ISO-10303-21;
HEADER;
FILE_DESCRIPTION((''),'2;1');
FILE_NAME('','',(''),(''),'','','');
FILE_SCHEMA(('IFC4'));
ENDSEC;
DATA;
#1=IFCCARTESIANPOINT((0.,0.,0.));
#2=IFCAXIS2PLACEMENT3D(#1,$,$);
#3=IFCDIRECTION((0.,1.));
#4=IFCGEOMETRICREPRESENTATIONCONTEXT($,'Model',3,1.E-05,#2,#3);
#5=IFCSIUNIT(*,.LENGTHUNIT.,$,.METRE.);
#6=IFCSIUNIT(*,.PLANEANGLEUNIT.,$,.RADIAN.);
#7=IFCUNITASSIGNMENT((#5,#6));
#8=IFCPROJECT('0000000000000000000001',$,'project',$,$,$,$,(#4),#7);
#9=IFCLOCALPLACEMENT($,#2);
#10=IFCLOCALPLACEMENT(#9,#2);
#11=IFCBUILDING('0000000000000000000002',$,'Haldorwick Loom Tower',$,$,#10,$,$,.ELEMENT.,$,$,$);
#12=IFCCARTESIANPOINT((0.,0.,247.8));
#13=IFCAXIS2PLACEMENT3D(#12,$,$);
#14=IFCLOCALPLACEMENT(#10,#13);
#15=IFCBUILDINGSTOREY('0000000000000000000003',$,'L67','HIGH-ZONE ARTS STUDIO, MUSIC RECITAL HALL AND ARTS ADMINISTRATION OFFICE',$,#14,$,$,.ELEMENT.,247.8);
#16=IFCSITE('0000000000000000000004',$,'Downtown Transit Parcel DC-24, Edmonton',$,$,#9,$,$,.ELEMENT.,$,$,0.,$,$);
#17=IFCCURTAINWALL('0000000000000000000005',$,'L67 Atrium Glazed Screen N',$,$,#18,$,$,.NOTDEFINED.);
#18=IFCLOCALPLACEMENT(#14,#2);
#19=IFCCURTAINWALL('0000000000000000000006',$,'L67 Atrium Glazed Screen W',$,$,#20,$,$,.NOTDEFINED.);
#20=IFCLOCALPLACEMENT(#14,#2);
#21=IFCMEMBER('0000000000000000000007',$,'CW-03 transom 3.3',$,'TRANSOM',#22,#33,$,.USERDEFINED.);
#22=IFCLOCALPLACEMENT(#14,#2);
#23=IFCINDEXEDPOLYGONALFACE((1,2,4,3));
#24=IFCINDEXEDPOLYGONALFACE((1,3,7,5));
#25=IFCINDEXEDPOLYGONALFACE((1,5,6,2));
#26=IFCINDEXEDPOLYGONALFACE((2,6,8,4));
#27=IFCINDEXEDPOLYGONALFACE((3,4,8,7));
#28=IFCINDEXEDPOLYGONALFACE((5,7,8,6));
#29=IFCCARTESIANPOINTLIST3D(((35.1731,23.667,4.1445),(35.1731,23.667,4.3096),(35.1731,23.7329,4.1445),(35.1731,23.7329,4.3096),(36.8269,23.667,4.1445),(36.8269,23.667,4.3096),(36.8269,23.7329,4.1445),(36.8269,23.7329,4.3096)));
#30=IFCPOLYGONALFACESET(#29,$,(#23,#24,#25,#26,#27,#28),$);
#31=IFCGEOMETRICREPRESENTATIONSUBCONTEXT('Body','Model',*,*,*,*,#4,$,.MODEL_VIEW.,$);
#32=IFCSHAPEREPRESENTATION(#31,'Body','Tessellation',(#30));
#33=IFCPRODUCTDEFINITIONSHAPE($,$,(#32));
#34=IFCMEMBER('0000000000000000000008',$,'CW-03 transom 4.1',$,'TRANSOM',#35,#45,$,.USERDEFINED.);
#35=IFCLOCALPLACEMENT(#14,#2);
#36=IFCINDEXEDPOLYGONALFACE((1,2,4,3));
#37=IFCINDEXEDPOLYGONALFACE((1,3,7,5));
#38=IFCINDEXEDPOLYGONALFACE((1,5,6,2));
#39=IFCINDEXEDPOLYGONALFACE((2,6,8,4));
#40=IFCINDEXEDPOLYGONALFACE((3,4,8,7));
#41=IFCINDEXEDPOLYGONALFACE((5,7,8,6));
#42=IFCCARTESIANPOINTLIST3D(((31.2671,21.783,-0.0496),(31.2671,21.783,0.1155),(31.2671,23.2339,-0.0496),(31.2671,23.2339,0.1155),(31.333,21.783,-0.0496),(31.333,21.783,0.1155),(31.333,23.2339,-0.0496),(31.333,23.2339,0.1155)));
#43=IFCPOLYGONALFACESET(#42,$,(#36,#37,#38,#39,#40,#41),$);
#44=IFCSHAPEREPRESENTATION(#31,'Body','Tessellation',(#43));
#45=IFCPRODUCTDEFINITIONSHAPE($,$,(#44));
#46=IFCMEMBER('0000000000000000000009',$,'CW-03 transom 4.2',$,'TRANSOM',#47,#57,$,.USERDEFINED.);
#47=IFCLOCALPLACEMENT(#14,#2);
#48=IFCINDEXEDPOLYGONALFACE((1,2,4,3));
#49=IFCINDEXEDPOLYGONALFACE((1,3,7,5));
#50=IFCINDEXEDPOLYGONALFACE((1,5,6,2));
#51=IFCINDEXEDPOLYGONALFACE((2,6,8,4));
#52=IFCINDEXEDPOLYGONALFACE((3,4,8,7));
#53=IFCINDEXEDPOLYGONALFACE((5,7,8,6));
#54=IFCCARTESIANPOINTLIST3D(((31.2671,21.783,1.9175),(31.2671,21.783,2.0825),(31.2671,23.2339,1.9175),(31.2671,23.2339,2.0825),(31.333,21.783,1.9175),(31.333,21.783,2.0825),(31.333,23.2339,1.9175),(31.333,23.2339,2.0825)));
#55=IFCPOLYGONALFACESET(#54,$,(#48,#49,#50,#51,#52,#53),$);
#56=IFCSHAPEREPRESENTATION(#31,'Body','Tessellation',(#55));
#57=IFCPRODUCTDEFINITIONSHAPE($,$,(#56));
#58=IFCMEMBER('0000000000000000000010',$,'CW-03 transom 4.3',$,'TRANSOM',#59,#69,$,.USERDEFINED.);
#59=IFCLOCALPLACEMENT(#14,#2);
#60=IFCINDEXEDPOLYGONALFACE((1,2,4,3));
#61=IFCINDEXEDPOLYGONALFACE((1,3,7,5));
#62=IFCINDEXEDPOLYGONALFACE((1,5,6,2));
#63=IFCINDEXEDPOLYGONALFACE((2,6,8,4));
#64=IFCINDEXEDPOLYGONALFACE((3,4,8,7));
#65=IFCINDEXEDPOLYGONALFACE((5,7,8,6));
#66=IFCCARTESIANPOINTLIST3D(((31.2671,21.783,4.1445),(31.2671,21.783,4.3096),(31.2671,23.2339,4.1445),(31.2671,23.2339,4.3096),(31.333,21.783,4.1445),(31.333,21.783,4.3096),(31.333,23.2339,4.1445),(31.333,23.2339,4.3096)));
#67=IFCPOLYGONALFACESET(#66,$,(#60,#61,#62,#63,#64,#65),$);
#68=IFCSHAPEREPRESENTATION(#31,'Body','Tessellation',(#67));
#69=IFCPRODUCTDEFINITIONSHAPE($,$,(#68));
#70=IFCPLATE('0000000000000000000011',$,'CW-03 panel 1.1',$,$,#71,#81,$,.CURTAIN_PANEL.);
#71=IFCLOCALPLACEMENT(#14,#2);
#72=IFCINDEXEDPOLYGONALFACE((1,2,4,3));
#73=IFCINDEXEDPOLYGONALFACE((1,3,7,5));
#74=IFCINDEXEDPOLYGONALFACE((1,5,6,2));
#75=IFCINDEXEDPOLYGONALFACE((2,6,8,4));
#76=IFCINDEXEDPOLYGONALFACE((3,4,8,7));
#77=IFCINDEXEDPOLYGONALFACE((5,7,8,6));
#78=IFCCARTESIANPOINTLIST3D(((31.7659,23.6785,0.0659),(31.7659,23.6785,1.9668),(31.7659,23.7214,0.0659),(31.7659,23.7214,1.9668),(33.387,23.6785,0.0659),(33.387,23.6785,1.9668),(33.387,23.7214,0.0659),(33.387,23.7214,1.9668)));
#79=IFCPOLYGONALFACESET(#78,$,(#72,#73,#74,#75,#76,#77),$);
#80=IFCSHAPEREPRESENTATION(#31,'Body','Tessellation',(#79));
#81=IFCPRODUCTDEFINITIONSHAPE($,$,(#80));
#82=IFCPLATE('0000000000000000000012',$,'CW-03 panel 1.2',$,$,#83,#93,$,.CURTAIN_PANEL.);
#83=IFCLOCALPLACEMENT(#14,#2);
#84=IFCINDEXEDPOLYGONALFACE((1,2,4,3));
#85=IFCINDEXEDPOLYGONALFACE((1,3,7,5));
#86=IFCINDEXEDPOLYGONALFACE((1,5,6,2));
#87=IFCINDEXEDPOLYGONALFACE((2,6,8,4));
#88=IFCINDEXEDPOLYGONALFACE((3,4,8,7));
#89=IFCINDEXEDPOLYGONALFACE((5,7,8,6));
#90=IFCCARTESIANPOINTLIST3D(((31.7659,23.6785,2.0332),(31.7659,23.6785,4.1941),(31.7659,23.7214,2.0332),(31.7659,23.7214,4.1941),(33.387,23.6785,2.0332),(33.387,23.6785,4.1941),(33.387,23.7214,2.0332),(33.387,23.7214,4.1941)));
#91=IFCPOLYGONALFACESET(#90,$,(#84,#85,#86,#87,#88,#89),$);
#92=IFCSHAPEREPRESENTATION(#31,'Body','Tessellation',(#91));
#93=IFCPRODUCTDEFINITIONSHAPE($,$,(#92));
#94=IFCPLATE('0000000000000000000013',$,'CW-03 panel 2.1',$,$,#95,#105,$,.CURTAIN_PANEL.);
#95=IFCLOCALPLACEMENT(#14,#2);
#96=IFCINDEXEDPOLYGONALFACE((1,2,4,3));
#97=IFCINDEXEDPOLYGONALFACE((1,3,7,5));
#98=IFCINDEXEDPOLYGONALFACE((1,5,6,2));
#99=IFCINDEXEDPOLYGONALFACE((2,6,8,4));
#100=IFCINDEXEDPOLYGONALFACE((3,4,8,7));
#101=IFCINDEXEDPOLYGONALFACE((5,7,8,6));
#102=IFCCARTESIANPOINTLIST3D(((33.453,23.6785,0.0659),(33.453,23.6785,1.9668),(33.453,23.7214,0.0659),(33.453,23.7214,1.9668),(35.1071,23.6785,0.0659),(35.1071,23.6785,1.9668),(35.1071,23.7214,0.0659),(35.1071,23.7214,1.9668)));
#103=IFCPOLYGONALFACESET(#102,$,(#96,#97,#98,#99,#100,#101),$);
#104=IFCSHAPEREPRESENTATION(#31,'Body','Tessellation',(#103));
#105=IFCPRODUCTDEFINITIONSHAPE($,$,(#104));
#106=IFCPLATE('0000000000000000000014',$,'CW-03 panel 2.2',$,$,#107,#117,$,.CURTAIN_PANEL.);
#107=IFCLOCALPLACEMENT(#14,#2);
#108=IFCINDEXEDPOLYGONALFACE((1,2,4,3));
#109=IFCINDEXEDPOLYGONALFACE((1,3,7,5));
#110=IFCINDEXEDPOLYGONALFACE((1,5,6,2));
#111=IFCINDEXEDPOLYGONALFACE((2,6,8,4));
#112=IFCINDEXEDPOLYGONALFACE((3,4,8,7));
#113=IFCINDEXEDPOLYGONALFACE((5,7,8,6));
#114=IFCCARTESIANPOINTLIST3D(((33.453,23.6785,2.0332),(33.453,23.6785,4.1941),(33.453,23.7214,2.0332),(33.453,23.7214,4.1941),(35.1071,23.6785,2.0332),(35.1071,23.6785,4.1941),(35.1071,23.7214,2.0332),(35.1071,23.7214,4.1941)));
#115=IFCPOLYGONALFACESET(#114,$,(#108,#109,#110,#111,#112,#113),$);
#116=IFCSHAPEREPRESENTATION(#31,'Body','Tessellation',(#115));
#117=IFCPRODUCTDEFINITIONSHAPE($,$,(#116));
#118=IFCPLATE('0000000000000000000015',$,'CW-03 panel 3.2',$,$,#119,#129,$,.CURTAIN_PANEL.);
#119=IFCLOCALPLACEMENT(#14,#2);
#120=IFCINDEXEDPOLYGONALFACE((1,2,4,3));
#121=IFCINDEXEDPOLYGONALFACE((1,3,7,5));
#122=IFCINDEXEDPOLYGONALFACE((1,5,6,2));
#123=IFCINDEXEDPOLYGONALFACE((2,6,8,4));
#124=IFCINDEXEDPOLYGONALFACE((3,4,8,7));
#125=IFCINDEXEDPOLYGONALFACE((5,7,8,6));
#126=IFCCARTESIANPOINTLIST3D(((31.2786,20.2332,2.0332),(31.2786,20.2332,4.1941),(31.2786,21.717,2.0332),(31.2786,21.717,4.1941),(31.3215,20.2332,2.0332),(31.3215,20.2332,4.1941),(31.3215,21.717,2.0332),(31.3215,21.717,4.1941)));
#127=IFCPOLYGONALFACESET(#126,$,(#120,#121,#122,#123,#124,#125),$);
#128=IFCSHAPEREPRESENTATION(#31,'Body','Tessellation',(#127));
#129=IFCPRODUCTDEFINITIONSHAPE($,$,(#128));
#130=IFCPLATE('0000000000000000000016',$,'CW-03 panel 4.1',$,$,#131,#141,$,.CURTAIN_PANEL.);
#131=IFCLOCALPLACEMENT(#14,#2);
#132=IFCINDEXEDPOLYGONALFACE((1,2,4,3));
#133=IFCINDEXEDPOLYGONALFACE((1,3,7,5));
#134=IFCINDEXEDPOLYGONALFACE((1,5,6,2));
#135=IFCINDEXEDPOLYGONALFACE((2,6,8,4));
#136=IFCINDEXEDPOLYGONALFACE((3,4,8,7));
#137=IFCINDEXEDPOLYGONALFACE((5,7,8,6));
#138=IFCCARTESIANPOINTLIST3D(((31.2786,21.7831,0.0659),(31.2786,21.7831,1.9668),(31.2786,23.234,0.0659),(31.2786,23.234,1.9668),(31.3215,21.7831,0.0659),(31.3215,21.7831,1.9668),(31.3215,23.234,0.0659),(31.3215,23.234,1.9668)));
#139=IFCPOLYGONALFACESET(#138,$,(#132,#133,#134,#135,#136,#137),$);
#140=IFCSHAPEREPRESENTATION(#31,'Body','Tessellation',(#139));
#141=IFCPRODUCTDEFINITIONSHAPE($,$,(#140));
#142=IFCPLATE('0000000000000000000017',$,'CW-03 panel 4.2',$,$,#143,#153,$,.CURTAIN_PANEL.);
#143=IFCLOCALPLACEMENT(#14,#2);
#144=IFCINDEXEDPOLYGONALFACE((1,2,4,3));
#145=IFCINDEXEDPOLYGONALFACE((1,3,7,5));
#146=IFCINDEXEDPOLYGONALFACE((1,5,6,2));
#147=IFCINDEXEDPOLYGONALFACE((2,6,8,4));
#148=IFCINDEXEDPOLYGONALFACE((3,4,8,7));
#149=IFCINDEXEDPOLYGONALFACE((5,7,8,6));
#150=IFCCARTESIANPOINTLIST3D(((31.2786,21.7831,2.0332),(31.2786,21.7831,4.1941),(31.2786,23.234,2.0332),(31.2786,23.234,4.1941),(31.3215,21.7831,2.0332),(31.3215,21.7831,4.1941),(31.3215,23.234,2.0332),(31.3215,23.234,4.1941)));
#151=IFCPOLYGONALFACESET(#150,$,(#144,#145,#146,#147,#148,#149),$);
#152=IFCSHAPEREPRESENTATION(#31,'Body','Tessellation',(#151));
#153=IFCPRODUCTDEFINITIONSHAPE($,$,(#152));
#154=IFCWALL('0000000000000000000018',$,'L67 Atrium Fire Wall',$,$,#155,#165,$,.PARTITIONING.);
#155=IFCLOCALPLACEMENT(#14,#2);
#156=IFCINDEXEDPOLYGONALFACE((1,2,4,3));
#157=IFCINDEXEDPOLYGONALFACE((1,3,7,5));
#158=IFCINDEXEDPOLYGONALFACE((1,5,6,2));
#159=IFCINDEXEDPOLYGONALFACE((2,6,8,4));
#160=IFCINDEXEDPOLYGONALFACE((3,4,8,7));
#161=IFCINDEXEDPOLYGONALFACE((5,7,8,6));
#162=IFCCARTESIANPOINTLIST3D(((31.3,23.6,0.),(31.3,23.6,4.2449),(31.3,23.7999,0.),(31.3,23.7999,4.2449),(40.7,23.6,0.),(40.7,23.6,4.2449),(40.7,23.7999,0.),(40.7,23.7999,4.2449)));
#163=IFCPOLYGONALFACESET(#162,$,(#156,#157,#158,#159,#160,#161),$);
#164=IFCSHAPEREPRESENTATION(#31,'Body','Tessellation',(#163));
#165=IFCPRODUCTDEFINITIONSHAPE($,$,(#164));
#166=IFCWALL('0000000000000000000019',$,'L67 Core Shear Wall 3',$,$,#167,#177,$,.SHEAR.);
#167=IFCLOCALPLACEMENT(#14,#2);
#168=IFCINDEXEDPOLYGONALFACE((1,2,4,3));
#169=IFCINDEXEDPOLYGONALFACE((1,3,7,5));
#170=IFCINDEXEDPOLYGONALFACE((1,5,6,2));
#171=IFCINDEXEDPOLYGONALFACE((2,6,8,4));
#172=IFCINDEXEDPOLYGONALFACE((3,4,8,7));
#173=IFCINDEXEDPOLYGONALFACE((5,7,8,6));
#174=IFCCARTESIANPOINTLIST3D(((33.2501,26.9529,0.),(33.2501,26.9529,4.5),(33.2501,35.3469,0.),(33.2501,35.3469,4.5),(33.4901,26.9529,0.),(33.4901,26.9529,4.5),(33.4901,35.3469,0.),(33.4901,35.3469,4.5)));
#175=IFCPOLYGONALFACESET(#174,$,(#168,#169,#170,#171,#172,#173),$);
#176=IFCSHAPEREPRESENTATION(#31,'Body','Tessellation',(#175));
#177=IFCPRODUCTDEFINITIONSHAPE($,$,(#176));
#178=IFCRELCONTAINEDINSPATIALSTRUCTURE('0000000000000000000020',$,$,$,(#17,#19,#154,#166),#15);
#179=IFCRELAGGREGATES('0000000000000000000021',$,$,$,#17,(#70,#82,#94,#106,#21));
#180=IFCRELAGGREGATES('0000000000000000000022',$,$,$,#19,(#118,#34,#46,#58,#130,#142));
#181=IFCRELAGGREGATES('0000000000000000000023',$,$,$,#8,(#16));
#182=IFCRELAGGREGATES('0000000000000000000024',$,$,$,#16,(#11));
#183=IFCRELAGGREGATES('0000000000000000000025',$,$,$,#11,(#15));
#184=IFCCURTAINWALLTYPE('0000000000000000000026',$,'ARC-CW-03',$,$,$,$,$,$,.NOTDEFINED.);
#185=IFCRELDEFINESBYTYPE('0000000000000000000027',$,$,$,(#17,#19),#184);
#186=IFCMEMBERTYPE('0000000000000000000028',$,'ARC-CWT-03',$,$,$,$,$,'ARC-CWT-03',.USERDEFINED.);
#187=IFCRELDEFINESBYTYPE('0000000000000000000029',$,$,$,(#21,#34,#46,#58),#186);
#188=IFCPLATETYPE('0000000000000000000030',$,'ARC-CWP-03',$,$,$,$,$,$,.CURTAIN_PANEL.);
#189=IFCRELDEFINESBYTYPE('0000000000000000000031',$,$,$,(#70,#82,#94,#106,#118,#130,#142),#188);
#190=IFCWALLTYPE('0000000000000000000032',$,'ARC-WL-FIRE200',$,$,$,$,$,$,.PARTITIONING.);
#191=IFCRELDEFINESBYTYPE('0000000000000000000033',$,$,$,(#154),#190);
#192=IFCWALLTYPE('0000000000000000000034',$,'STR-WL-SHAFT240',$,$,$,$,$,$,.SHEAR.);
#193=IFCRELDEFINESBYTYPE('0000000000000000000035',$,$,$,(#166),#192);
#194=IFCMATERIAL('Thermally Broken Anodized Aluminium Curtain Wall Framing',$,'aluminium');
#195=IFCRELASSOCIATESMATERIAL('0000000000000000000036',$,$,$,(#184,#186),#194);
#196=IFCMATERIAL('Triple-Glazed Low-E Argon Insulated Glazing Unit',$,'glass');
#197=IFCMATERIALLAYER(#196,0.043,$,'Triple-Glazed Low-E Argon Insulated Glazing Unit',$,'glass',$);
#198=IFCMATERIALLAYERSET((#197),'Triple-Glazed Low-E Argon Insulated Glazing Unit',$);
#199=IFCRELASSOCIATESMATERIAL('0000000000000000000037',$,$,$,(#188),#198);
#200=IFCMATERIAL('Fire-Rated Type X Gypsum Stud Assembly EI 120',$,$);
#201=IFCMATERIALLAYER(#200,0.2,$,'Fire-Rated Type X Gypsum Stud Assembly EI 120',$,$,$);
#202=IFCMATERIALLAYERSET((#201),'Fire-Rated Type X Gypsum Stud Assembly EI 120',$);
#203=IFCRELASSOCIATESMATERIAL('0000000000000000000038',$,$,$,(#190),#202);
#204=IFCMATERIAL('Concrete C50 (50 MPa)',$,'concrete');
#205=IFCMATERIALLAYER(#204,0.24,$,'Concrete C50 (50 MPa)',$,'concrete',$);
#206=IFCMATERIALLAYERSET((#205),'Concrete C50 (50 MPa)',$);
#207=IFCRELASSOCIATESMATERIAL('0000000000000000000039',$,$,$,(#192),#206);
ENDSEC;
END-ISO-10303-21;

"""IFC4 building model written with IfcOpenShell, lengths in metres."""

from ifc_helpers import new_model, si_unit, direction, frame, frame_2d, origin, origin_2d, place, context, subcontext, project, spatial, rectangle, extrude, material, layer, layer_set, material_profile, profile_set, type_object, element, aggregate, save


model = new_model("IFC4")

# Units and contexts
model_context = context("Model", 3, precision=1e-05, world=origin(), true_north=direction((0.0, 1.0)))
body_context = subcontext(model_context, "Body", "Model", "MODEL_VIEW")
ifc_project = project(units=[si_unit("LENGTHUNIT", "METRE"), si_unit("PLANEANGLEUNIT", "RADIAN")], contexts=[model_context])

# Site, building, storey
site_placement = place(None, origin())
site = spatial("IfcSite", under=ifc_project, at=site_placement, Name="Downtown Transit Parcel DC-24, Edmonton", CompositionType="ELEMENT", RefElevation=0.0)
building_placement = place(site_placement, origin())
building = spatial("IfcBuilding", under=site, at=building_placement, Name="Haldorwick Loom Tower", CompositionType="ELEMENT")
storey_placement = place(building_placement, frame((0.0, 0.0, 247.8)))
storey = spatial("IfcBuildingStorey", under=building, at=storey_placement, Name="L67", Description="HIGH-ZONE ARTS STUDIO, MUSIC RECITAL HALL AND ARTS ADMINISTRATION OFFICE", CompositionType="ELEMENT", Elevation=247.8)

# Curtain walls
ifc_material_1 = material(Name="Thermally Broken Anodized Aluminium Curtain Wall Framing", Category="aluminium")
curtain_wall_type = type_object("IfcCurtainWallType", Name="ARC-CW-03", PredefinedType="NOTDEFINED", material=ifc_material_1)
curtain_wall_1_placement = place(storey_placement, origin())
curtain_wall_1 = element("IfcCurtainWall", 1, at=curtain_wall_1_placement, inside=storey, type_object=curtain_wall_type, Name="L67 Atrium Glazed Screen N", PredefinedType="NOTDEFINED")
curtain_wall_2_placement = place(storey_placement, origin())
curtain_wall_2 = element("IfcCurtainWall", 2, at=curtain_wall_2_placement, inside=storey, type_object=curtain_wall_type, Name="L67 Atrium Glazed Screen W", PredefinedType="NOTDEFINED")

# Members
ifc_material_profile_1 = material_profile(ifc_material_1, rectangle(XDim=0.0659, YDim=0.165, at=origin_2d()), Name="ALU_TRN_66X165", Category="aluminium")
ifc_profile_set_1 = profile_set([ifc_material_profile_1], Name="Thermally Broken Anodized Aluminium Curtain Wall Framing")
member_type_1 = type_object("IfcMemberType", Name="ARC-CWT-03", ElementType="ARC-CWT-03", PredefinedType="USERDEFINED", material=ifc_profile_set_1)
member_1_placement = place(storey_placement, frame((35.1731, 23.7, 4.2271), z_axis=(1.0, 0.0, 0.0), x_axis=(0.0, 1.0, 0.0)))
member_1 = element("IfcMember", 3, at=member_1_placement, type_object=member_type_1, Name="CW-03 transom 3.3", ObjectType="TRANSOM", PredefinedType="USERDEFINED", context=body_context, shape_type="SweptSolid", body=[
    extrude(rectangle(XDim=0.0659, YDim=0.165, at=origin_2d()), origin(), (0.0, 0.0, 1.0), 1.6538),
])
member_2_placement = place(storey_placement, frame((31.3, 21.783, 0.033), z_axis=(0.0, 1.0, 0.0), x_axis=(-1.0, 0.0, 0.0)))
member_2 = element("IfcMember", 4, at=member_2_placement, type_object=member_type_1, Name="CW-03 transom 4.1", ObjectType="TRANSOM", PredefinedType="USERDEFINED", context=body_context, shape_type="SweptSolid", body=[
    extrude(rectangle(XDim=0.0659, YDim=0.165, at=origin_2d()), origin(), (0.0, 0.0, 1.0), 1.4509),
])
member_3_placement = place(storey_placement, frame((31.3, 21.783, 2.0), z_axis=(0.0, 1.0, 0.0), x_axis=(-1.0, 0.0, 0.0)))
member_3 = element("IfcMember", 5, at=member_3_placement, type_object=member_type_1, Name="CW-03 transom 4.2", ObjectType="TRANSOM", PredefinedType="USERDEFINED", context=body_context, shape_type="SweptSolid", body=[
    extrude(rectangle(XDim=0.0659, YDim=0.165, at=origin_2d()), origin(), (0.0, 0.0, 1.0), 1.4509),
])
member_4_placement = place(storey_placement, frame((31.3, 21.783, 4.2271), z_axis=(0.0, 1.0, 0.0), x_axis=(-1.0, 0.0, 0.0)))
member_4 = element("IfcMember", 6, at=member_4_placement, type_object=member_type_1, Name="CW-03 transom 4.3", ObjectType="TRANSOM", PredefinedType="USERDEFINED", context=body_context, shape_type="SweptSolid", body=[
    extrude(rectangle(XDim=0.0659, YDim=0.165, at=origin_2d()), origin(), (0.0, 0.0, 1.0), 1.4509),
])

# Plates
ifc_material_2 = material(Name="Triple-Glazed Low-E Argon Insulated Glazing Unit", Category="glass")
ifc_layer_1 = layer(ifc_material_2, 0.043, Name="Triple-Glazed Low-E Argon Insulated Glazing Unit", Category="glass")
ifc_layer_set_1 = layer_set([ifc_layer_1], Name="Triple-Glazed Low-E Argon Insulated Glazing Unit")
plate_type = type_object("IfcPlateType", Name="ARC-CWP-03", PredefinedType="CURTAIN_PANEL", material=ifc_layer_set_1)
plate_1_placement = place(storey_placement, frame((32.5764, 23.7, 0.0659), z_axis=(0.0, 0.0, 1.0), x_axis=(1.0, 0.0, 0.0)))
plate_1 = element("IfcPlate", 7, at=plate_1_placement, type_object=plate_type, Name="CW-03 panel 1.1", PredefinedType="CURTAIN_PANEL", context=body_context, shape_type="SweptSolid", body=[
    extrude(rectangle(XDim=1.6211, YDim=0.043, at=origin_2d()), origin(), (0.0, 0.0, 1.0), 1.9009),
])
plate_2_placement = place(storey_placement, frame((32.5764, 23.7, 2.0332), z_axis=(0.0, 0.0, 1.0), x_axis=(1.0, 0.0, 0.0)))
plate_2 = element("IfcPlate", 8, at=plate_2_placement, type_object=plate_type, Name="CW-03 panel 1.2", PredefinedType="CURTAIN_PANEL", context=body_context, shape_type="SweptSolid", body=[
    extrude(rectangle(XDim=1.6211, YDim=0.043, at=origin_2d()), origin(), (0.0, 0.0, 1.0), 2.1609),
])
plate_3_placement = place(storey_placement, frame((34.28, 23.7, 0.0659), z_axis=(0.0, 0.0, 1.0), x_axis=(1.0, 0.0, 0.0)))
plate_3 = element("IfcPlate", 9, at=plate_3_placement, type_object=plate_type, Name="CW-03 panel 2.1", PredefinedType="CURTAIN_PANEL", context=body_context, shape_type="SweptSolid", body=[
    extrude(rectangle(XDim=1.6541, YDim=0.043, at=origin_2d()), origin(), (0.0, 0.0, 1.0), 1.9009),
])
plate_4_placement = place(storey_placement, frame((34.28, 23.7, 2.0332), z_axis=(0.0, 0.0, 1.0), x_axis=(1.0, 0.0, 0.0)))
plate_4 = element("IfcPlate", 10, at=plate_4_placement, type_object=plate_type, Name="CW-03 panel 2.2", PredefinedType="CURTAIN_PANEL", context=body_context, shape_type="SweptSolid", body=[
    extrude(rectangle(XDim=1.6541, YDim=0.043, at=origin_2d()), origin(), (0.0, 0.0, 1.0), 2.1609),
])
aggregate(curtain_wall_1, [plate_1, plate_2, plate_3, plate_4, member_1])
plate_5_placement = place(storey_placement, frame((31.3, 20.9751, 2.0332), z_axis=(0.0, 0.0, 1.0), x_axis=(0.0, 1.0, 0.0)))
plate_5 = element("IfcPlate", 11, at=plate_5_placement, type_object=plate_type, Name="CW-03 panel 3.2", PredefinedType="CURTAIN_PANEL", context=body_context, shape_type="SweptSolid", body=[
    extrude(rectangle(XDim=1.4839, YDim=0.043, at=origin_2d()), origin(), (0.0, 0.0, 1.0), 2.1609),
])
plate_6_placement = place(storey_placement, frame((31.3, 22.5085, 0.0659), z_axis=(0.0, 0.0, 1.0), x_axis=(0.0, 1.0, 0.0)))
plate_6 = element("IfcPlate", 12, at=plate_6_placement, type_object=plate_type, Name="CW-03 panel 4.1", PredefinedType="CURTAIN_PANEL", context=body_context, shape_type="SweptSolid", body=[
    extrude(rectangle(XDim=1.4509, YDim=0.043, at=origin_2d()), origin(), (0.0, 0.0, 1.0), 1.9009),
])
plate_7_placement = place(storey_placement, frame((31.3, 22.5085, 2.0332), z_axis=(0.0, 0.0, 1.0), x_axis=(0.0, 1.0, 0.0)))
plate_7 = element("IfcPlate", 13, at=plate_7_placement, type_object=plate_type, Name="CW-03 panel 4.2", PredefinedType="CURTAIN_PANEL", context=body_context, shape_type="SweptSolid", body=[
    extrude(rectangle(XDim=1.4509, YDim=0.043, at=origin_2d()), origin(), (0.0, 0.0, 1.0), 2.1609),
])
aggregate(curtain_wall_2, [plate_5, member_2, member_3, member_4, plate_6, plate_7])

# Walls
ifc_material_3 = material(Name="Fire-Rated Type X Gypsum Stud Assembly EI 120")
ifc_layer_2 = layer(ifc_material_3, 0.2, Name="Fire-Rated Type X Gypsum Stud Assembly EI 120")
ifc_layer_set_2 = layer_set([ifc_layer_2], Name="Fire-Rated Type X Gypsum Stud Assembly EI 120")
wall_type_1 = type_object("IfcWallType", Name="ARC-WL-FIRE200", PredefinedType="PARTITIONING", material=ifc_layer_set_2)
wall_1_placement = place(storey_placement, frame((31.3, 23.7, 0.0), z_axis=(0.0, 0.0, 1.0), x_axis=(1.0, 0.0, 0.0)))
element("IfcWall", 14, at=wall_1_placement, inside=storey, type_object=wall_type_1, Name="L67 Atrium Fire Wall", PredefinedType="PARTITIONING", context=body_context, shape_type="SweptSolid", body=[
    extrude(rectangle(XDim=9.3999, YDim=0.2, at=frame_2d((4.7, 0.0))), origin(), (0.0, 0.0, 1.0), 4.2449),
])
ifc_material_4 = material(Name="Concrete C50 (50 MPa)", Category="concrete")
ifc_layer_3 = layer(ifc_material_4, 0.24, Name="Concrete C50 (50 MPa)", Category="concrete")
ifc_layer_set_3 = layer_set([ifc_layer_3], Name="Concrete C50 (50 MPa)")
wall_type_2 = type_object("IfcWallType", Name="STR-WL-SHAFT240", PredefinedType="SHEAR", material=ifc_layer_set_3)
wall_2_placement = place(storey_placement, frame((33.3701, 26.9529, 0.0), z_axis=(0.0, 0.0, 1.0), x_axis=(0.0, 1.0, 0.0)))
element("IfcWall", 15, at=wall_2_placement, inside=storey, type_object=wall_type_2, Name="L67 Core Shear Wall 3", PredefinedType="SHEAR", context=body_context, shape_type="SweptSolid", body=[
    extrude(rectangle(XDim=8.394, YDim=0.24, at=frame_2d((4.197, 0.0))), origin(), (0.0, 0.0, 1.0), 4.5),
])

save(model, "model.ifc")
